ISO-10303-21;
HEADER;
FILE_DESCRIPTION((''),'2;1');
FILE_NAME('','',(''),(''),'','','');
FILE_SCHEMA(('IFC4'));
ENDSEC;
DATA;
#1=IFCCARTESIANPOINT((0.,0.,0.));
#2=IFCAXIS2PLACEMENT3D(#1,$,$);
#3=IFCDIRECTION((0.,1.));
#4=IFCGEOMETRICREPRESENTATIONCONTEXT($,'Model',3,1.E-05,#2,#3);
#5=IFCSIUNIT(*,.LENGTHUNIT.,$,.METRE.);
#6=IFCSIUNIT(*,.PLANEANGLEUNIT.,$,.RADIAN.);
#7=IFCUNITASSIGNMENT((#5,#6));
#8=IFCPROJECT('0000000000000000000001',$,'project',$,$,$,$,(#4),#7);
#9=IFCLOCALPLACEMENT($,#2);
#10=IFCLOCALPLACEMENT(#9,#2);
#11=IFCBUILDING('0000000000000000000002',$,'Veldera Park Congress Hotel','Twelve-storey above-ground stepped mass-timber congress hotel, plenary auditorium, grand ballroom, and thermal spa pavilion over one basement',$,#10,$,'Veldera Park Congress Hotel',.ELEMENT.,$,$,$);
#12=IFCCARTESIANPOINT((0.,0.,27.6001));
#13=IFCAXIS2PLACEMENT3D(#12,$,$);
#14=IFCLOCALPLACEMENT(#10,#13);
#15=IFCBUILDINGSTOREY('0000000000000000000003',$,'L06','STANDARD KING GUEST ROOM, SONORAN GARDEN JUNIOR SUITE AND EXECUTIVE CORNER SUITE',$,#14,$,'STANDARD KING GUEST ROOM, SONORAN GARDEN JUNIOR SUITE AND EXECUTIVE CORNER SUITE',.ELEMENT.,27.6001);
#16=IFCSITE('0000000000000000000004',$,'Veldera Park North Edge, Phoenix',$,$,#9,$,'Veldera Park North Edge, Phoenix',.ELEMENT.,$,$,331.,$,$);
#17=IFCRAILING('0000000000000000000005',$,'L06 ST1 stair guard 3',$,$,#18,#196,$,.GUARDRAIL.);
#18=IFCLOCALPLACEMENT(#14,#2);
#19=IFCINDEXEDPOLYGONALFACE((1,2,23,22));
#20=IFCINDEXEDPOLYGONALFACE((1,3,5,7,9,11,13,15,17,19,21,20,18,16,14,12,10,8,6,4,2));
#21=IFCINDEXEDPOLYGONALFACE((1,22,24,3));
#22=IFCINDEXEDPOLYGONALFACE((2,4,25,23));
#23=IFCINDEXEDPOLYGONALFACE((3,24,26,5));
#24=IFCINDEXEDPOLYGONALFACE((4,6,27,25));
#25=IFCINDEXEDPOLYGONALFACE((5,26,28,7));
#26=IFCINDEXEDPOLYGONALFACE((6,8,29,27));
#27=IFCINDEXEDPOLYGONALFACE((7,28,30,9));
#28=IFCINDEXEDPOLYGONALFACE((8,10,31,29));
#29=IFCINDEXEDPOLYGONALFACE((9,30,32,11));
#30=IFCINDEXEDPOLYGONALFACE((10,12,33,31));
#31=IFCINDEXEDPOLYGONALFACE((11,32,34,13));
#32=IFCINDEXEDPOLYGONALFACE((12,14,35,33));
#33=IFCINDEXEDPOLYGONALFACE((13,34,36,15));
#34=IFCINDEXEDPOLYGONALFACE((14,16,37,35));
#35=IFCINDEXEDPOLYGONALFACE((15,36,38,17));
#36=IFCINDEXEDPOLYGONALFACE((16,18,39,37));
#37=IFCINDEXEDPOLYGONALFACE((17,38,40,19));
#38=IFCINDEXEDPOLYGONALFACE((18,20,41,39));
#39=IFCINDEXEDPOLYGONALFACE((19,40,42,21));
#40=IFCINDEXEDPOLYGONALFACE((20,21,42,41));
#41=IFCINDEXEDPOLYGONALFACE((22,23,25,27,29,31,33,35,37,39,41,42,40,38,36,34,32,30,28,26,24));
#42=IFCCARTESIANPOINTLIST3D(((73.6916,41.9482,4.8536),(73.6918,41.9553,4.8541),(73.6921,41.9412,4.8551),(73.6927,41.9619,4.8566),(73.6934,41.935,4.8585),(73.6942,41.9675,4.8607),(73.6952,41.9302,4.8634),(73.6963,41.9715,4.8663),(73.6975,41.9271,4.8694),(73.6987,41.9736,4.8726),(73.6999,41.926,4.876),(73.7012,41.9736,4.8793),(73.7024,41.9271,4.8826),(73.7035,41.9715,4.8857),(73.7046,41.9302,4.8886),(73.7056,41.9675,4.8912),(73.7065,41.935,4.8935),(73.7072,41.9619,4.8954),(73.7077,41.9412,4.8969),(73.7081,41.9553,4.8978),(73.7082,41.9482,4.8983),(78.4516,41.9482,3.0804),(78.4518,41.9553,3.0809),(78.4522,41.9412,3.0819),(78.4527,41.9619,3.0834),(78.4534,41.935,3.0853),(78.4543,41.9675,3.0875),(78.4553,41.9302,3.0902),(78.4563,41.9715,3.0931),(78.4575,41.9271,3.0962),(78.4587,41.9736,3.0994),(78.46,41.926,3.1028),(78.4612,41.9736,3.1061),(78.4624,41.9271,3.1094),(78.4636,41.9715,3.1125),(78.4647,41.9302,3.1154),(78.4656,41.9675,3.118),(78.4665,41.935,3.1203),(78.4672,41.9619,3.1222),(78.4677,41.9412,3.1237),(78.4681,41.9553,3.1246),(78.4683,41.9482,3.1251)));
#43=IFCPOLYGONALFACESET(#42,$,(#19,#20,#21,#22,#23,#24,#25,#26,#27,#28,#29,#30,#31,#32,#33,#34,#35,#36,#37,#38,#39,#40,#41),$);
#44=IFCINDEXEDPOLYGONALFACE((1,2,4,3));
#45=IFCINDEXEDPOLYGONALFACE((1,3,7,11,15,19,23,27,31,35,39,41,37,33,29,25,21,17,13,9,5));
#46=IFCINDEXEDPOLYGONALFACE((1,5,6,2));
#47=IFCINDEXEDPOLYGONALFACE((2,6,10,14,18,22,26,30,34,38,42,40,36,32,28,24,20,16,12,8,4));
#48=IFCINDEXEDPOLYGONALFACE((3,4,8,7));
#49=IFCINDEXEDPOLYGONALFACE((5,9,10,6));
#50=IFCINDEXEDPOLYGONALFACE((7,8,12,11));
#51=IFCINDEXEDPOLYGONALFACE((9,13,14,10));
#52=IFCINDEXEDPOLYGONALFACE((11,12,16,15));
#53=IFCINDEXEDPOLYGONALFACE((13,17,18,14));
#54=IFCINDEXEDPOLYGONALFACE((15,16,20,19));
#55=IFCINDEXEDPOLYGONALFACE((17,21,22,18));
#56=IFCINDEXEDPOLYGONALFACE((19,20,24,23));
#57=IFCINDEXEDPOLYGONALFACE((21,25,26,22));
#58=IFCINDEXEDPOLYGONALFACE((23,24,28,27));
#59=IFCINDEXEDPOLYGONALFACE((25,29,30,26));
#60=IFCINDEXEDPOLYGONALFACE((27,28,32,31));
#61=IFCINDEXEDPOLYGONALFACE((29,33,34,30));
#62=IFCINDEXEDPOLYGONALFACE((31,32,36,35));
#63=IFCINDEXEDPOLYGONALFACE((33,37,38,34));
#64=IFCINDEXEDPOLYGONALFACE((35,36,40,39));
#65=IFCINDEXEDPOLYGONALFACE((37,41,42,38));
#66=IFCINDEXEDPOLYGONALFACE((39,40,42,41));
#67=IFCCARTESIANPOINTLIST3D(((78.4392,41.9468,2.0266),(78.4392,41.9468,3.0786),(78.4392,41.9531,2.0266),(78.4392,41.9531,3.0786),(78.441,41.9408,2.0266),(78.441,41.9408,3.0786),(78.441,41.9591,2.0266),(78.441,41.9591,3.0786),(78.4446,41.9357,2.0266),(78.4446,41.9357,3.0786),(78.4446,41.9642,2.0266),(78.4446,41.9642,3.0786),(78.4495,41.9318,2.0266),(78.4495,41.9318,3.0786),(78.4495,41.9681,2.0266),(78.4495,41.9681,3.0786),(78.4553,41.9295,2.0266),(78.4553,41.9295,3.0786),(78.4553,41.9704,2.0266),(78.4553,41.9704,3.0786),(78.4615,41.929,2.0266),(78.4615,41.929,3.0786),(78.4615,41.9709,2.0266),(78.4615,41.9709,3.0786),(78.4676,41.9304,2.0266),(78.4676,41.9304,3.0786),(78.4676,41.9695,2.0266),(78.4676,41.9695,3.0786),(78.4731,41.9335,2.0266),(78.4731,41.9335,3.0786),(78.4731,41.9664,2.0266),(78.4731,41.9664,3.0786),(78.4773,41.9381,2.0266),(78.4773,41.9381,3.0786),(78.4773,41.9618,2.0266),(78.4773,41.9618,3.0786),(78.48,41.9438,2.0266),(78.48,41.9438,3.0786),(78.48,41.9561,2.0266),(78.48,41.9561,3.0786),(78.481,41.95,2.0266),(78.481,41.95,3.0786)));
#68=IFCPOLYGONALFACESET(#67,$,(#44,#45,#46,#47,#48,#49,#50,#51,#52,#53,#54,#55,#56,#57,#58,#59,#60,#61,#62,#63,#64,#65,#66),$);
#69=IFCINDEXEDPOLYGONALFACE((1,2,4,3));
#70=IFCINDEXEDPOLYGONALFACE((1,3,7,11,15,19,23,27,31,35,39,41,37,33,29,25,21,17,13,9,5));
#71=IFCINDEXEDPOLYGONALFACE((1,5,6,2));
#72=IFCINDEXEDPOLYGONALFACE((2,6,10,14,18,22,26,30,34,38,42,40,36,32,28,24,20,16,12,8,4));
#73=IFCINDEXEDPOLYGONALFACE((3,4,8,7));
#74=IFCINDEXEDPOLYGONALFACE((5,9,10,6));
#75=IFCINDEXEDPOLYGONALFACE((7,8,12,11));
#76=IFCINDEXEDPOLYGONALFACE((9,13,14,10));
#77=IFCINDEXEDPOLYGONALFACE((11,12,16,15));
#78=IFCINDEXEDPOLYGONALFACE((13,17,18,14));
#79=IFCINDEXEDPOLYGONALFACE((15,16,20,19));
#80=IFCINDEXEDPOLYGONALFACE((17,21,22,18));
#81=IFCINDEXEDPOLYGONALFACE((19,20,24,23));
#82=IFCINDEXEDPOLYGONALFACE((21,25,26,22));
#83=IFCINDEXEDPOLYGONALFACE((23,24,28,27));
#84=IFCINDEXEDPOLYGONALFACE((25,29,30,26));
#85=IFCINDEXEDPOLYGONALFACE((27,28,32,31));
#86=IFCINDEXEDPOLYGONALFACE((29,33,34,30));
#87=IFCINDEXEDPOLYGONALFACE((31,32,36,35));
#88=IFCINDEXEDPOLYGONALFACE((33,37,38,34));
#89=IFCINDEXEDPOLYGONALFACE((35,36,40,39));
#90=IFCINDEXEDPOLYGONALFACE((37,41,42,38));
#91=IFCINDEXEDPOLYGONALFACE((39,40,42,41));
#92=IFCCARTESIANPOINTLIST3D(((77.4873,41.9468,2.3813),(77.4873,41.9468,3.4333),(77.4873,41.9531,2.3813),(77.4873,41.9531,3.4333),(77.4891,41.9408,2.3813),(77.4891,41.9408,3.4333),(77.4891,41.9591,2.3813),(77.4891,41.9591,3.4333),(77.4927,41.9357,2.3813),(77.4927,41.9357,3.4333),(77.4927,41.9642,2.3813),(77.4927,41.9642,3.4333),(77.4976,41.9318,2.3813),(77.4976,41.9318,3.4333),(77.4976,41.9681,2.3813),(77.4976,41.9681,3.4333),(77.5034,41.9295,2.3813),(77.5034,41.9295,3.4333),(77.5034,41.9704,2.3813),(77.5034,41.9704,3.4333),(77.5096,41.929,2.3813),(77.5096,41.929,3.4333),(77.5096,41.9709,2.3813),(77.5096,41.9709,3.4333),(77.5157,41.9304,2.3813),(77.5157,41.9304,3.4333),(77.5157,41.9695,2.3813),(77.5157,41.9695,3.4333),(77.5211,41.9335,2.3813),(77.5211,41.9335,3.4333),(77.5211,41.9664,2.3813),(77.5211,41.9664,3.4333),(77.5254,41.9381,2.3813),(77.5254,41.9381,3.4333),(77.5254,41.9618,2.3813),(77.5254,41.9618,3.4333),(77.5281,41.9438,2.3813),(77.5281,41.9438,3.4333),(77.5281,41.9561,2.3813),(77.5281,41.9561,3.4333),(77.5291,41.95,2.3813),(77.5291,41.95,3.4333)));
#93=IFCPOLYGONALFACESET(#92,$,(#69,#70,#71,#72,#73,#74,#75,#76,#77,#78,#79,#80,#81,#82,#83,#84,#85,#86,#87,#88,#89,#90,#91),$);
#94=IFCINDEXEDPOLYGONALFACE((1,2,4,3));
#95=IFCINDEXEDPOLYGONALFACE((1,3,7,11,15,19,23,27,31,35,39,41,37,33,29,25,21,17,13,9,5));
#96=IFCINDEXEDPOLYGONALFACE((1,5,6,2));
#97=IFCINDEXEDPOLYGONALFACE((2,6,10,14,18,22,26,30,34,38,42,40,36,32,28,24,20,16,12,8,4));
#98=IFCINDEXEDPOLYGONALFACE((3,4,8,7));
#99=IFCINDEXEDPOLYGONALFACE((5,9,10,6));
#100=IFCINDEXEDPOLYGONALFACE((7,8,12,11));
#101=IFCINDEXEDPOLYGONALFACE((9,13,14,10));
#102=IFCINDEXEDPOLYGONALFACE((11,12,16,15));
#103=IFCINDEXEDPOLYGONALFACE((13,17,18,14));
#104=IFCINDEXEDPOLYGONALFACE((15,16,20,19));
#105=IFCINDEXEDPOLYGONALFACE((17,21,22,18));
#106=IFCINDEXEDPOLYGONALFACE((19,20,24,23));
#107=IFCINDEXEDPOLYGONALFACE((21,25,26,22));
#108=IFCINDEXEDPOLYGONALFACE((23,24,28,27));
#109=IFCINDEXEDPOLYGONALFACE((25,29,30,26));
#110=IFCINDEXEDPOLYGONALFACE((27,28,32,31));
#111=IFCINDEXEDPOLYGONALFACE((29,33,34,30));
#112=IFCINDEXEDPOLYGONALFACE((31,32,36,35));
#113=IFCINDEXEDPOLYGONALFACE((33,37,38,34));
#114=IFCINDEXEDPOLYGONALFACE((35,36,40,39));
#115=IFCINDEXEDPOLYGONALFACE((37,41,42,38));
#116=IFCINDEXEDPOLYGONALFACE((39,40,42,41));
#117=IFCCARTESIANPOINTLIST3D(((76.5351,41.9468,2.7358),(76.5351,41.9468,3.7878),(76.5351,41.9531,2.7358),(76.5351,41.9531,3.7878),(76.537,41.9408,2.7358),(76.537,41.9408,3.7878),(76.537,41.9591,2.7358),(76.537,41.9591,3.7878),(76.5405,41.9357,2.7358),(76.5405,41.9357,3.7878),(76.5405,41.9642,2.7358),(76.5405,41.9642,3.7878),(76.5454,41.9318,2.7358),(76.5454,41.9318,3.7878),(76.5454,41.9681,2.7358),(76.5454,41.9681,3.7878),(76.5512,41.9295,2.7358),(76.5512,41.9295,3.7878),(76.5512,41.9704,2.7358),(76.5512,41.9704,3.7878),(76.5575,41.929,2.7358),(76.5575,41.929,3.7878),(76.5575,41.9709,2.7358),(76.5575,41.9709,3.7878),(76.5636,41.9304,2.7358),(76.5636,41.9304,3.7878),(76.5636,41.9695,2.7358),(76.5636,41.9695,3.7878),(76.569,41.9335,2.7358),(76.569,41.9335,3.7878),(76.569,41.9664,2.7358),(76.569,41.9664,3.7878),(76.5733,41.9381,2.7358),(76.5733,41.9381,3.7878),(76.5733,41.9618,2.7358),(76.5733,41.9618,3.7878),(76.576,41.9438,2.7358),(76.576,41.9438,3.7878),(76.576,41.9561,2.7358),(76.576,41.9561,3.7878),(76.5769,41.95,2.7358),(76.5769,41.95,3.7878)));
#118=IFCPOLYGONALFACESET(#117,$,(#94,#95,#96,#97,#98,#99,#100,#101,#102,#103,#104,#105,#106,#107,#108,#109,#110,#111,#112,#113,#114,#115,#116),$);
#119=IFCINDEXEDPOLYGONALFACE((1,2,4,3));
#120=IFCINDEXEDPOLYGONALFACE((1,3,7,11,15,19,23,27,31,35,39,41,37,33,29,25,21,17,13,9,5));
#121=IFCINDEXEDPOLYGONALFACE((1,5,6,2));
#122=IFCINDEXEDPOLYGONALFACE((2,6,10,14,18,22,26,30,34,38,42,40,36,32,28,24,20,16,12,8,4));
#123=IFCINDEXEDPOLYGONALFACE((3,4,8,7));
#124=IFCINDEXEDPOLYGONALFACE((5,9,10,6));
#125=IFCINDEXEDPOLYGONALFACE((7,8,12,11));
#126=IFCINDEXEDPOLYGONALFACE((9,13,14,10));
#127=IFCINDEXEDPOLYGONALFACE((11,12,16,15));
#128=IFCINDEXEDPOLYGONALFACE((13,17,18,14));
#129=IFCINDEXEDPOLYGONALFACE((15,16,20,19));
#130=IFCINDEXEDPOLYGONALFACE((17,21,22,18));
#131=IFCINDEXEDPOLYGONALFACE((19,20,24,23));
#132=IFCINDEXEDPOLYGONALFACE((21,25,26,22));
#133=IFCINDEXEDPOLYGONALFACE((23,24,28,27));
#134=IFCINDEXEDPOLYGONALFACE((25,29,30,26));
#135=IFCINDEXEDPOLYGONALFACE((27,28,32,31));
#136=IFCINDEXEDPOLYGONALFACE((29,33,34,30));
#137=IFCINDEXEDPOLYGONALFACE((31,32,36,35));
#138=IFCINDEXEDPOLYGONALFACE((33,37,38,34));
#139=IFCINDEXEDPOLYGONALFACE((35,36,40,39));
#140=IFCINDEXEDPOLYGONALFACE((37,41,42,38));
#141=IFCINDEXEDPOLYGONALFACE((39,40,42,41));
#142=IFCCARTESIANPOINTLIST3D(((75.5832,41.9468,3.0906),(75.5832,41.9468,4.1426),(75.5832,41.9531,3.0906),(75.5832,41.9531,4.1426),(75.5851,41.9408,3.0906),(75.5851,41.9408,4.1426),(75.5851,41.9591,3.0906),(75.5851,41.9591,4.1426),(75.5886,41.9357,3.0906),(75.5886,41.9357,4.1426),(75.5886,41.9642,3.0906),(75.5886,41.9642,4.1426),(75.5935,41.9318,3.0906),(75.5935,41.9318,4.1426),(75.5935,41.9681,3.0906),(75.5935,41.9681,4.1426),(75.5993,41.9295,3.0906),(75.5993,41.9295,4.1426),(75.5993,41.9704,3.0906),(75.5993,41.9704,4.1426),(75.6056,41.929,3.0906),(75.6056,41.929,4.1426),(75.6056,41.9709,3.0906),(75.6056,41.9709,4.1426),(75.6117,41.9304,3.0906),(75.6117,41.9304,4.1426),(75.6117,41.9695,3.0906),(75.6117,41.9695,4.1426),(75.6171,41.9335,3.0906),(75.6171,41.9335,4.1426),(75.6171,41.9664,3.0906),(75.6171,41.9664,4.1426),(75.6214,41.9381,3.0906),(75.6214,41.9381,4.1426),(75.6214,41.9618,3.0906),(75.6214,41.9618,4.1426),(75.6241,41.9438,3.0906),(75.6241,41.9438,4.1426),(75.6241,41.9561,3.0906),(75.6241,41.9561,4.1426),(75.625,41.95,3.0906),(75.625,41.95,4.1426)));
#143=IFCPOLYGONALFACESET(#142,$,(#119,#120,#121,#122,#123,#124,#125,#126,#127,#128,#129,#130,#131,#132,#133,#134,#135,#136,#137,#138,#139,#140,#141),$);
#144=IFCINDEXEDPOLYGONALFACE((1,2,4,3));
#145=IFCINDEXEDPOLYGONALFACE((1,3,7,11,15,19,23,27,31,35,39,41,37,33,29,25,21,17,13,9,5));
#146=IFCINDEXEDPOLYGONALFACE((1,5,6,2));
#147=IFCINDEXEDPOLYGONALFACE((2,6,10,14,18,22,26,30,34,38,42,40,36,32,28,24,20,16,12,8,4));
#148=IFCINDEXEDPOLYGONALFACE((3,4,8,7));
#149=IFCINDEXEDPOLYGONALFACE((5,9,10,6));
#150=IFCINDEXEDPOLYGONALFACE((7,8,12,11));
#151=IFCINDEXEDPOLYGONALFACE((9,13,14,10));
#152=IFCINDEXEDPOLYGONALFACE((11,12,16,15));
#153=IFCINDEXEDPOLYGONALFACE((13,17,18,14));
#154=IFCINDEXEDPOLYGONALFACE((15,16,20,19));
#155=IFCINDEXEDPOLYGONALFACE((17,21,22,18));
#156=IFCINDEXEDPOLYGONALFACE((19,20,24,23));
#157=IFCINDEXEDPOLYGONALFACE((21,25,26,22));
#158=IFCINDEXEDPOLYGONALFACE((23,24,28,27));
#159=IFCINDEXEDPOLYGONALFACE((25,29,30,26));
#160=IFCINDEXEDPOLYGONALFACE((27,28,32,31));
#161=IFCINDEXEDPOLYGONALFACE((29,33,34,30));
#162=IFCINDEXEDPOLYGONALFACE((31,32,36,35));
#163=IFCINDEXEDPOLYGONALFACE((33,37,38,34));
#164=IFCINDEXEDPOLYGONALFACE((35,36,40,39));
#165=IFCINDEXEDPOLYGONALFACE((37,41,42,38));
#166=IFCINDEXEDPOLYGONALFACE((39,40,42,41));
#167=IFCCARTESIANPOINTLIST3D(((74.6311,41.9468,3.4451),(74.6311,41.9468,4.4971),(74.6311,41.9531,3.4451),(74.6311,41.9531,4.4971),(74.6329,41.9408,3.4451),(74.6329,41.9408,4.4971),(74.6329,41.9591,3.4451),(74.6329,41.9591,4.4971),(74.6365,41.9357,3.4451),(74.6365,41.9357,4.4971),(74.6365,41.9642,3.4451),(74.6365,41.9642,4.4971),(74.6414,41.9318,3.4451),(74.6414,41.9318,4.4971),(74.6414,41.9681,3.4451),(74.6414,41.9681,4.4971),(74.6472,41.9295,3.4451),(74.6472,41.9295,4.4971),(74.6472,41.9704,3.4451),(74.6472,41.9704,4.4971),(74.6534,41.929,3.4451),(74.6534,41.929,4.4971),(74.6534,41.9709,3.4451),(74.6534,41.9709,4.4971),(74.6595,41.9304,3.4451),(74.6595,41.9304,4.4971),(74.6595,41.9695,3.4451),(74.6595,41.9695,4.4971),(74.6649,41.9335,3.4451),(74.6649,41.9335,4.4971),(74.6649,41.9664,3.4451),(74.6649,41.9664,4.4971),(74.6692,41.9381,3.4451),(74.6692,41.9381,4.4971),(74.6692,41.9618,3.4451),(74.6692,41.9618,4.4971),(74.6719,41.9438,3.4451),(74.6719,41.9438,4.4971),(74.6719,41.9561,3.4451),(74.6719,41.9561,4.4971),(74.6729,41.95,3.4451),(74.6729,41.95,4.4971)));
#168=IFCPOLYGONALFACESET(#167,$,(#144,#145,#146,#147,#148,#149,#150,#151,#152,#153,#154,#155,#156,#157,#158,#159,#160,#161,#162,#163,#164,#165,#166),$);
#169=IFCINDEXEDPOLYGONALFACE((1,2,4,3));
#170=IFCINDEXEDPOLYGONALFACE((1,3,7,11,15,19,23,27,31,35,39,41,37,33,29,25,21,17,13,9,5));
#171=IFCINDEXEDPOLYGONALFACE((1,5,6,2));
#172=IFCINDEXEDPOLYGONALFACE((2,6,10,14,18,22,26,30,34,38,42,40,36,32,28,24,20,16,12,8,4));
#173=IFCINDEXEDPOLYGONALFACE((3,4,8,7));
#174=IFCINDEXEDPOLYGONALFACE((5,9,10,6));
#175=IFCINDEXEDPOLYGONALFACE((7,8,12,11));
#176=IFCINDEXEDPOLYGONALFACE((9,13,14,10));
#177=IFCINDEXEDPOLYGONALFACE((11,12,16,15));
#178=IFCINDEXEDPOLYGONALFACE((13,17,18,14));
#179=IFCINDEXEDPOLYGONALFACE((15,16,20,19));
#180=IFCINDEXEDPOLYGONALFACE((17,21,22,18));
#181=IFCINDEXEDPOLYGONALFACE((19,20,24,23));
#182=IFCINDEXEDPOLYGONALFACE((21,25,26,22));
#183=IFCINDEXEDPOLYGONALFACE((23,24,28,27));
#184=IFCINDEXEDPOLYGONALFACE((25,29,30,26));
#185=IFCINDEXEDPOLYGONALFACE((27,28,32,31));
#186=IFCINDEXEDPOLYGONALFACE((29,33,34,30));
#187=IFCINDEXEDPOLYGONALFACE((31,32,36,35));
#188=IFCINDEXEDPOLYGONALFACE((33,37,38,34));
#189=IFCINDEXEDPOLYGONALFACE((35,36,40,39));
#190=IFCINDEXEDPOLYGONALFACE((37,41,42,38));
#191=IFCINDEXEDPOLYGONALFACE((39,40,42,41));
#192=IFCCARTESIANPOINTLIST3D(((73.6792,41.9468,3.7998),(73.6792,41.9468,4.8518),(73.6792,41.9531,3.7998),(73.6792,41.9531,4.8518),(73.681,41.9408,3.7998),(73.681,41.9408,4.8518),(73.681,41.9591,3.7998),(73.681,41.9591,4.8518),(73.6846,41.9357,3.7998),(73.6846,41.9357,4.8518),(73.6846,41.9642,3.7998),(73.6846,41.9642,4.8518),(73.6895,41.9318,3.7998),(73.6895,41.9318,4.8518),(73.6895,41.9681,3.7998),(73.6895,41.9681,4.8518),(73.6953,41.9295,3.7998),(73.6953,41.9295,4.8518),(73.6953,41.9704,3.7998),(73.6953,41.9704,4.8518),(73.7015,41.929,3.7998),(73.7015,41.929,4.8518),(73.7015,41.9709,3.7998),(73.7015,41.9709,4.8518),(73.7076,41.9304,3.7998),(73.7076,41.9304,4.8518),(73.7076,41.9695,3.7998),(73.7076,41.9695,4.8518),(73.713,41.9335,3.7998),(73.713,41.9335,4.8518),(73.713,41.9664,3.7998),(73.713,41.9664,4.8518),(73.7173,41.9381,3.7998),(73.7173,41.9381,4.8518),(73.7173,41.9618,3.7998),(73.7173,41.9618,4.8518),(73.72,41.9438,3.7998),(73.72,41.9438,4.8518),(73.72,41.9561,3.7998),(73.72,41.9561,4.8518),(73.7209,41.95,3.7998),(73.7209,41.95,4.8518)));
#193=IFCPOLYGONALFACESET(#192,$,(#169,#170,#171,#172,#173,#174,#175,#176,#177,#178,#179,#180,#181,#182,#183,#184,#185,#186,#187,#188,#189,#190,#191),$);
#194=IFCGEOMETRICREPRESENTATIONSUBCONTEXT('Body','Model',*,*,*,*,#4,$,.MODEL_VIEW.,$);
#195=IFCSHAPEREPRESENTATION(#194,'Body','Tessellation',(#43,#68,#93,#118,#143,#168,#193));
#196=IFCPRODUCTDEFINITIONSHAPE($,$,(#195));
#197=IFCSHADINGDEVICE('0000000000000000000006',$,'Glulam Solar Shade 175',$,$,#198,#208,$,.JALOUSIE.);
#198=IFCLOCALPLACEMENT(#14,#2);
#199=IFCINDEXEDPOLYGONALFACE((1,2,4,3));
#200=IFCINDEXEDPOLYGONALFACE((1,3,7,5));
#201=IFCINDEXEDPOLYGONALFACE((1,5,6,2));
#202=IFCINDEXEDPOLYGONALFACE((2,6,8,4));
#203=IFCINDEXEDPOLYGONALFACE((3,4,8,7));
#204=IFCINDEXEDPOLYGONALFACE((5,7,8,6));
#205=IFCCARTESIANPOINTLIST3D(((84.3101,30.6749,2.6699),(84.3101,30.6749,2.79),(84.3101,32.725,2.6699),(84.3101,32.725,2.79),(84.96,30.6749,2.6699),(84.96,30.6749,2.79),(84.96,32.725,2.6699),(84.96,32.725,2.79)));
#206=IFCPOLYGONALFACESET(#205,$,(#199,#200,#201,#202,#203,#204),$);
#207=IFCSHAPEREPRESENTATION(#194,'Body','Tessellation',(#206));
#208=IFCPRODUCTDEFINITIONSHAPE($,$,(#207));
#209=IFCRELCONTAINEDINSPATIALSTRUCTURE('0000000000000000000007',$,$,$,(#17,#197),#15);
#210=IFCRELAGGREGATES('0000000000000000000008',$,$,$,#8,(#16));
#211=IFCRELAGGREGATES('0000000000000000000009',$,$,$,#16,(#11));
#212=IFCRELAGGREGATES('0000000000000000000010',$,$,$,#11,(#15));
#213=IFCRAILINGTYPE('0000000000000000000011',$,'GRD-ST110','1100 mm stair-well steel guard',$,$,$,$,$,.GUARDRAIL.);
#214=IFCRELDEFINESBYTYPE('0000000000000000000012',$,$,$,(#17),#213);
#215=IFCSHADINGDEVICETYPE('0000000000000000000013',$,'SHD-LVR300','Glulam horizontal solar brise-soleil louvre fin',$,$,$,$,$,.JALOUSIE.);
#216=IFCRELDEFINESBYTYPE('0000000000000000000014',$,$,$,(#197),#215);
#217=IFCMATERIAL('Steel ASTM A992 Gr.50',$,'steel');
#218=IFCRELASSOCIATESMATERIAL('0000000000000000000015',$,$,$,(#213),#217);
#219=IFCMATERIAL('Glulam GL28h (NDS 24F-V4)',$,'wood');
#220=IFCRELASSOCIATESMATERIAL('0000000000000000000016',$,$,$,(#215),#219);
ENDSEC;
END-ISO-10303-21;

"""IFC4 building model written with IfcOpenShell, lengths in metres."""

from ifc_helpers import new_model, si_unit, direction, frame, origin, origin_2d, place, context, subcontext, project, spatial, rectangle, circle, extrude, material, type_object, element, save


model = new_model("IFC4")

# Units and contexts
model_context = context("Model", 3, precision=1e-05, world=origin(), true_north=direction((0.0, 1.0)))
body_context = subcontext(model_context, "Body", "Model", "MODEL_VIEW")
ifc_project = project(units=[si_unit("LENGTHUNIT", "METRE"), si_unit("PLANEANGLEUNIT", "RADIAN")], contexts=[model_context])

# Site, building, storey
site_placement = place(None, origin())
site = spatial("IfcSite", under=ifc_project, at=site_placement, Name="Veldera Park North Edge, Phoenix", LongName="Veldera Park North Edge, Phoenix", CompositionType="ELEMENT", RefElevation=331.0)
building_placement = place(site_placement, origin())
building = spatial("IfcBuilding", under=site, at=building_placement, Name="Veldera Park Congress Hotel", Description="Twelve-storey above-ground stepped mass-timber congress hotel, plenary auditorium, grand ballroom, and thermal spa pavilion over one basement", LongName="Veldera Park Congress Hotel", CompositionType="ELEMENT")
storey_placement = place(building_placement, frame((0.0, 0.0, 27.6001)))
storey = spatial("IfcBuildingStorey", under=building, at=storey_placement, Name="L06", Description="STANDARD KING GUEST ROOM, SONORAN GARDEN JUNIOR SUITE AND EXECUTIVE CORNER SUITE", LongName="STANDARD KING GUEST ROOM, SONORAN GARDEN JUNIOR SUITE AND EXECUTIVE CORNER SUITE", CompositionType="ELEMENT", Elevation=27.6001)

# Shared definitions
ifc_material_1 = material(Name="Glulam GL28h (NDS 24F-V4)", Category="wood")

# Railing
ifc_material_2 = material(Name="Steel ASTM A992 Gr.50", Category="steel")
railing_type = type_object("IfcRailingType", Name="GRD-ST110", Description="1100 mm stair-well steel guard", PredefinedType="GUARDRAIL", material=ifc_material_2)
railing_1_placement = place(storey_placement, frame((78.46, 41.95, 2.0266)))
element("IfcRailing", 1, at=railing_1_placement, inside=storey, type_object=railing_type, Name="L06 ST1 stair guard 3", PredefinedType="GUARDRAIL", context=body_context, shape_type="SweptSolid", body=[
    extrude(circle(Radius=0.0239, at=origin_2d()), frame((0.0, 0.0, 1.0762), z_axis=(-0.937091, 0.0, 0.349084), x_axis=(0.0, -1.0, 0.0)), (0.0, 0.0, 1.0), 5.0796),
    extrude(circle(Radius=0.021, at=origin_2d()), origin(), (0.0, 0.0, 1.0), 1.052),
    extrude(circle(Radius=0.021, at=origin_2d()), frame((-0.9519, 0.0, 0.3547)), (0.0, 0.0, 1.0), 1.052),
    extrude(circle(Radius=0.021, at=origin_2d()), frame((-1.9041, 0.0, 0.7092)), (0.0, 0.0, 1.0), 1.052),
    extrude(circle(Radius=0.021, at=origin_2d()), frame((-2.856, 0.0, 1.064)), (0.0, 0.0, 1.0), 1.052),
    extrude(circle(Radius=0.021, at=origin_2d()), frame((-3.8081, 0.0, 1.4185)), (0.0, 0.0, 1.0), 1.052),
    extrude(circle(Radius=0.021, at=origin_2d()), frame((-4.76, 0.0, 1.7732)), (0.0, 0.0, 1.0), 1.052),
])

# Shading device
shading_device_type = type_object("IfcShadingDeviceType", Name="SHD-LVR300", Description="Glulam horizontal solar brise-soleil louvre fin", PredefinedType="JALOUSIE", material=ifc_material_1)
shading_device_placement = place(storey_placement, frame((84.635, 31.7, 2.6699), z_axis=(0.0, 0.0, 1.0), x_axis=(0.0, 1.0, 0.0)))
element("IfcShadingDevice", 2, at=shading_device_placement, inside=storey, type_object=shading_device_type, Name="Glulam Solar Shade 175", PredefinedType="JALOUSIE", context=body_context, shape_type="SweptSolid", body=[
    extrude(rectangle(XDim=2.05, YDim=0.6499, at=origin_2d()), origin(), (0.0, 0.0, 1.0), 0.1201),
])

save(model, "model.ifc")
